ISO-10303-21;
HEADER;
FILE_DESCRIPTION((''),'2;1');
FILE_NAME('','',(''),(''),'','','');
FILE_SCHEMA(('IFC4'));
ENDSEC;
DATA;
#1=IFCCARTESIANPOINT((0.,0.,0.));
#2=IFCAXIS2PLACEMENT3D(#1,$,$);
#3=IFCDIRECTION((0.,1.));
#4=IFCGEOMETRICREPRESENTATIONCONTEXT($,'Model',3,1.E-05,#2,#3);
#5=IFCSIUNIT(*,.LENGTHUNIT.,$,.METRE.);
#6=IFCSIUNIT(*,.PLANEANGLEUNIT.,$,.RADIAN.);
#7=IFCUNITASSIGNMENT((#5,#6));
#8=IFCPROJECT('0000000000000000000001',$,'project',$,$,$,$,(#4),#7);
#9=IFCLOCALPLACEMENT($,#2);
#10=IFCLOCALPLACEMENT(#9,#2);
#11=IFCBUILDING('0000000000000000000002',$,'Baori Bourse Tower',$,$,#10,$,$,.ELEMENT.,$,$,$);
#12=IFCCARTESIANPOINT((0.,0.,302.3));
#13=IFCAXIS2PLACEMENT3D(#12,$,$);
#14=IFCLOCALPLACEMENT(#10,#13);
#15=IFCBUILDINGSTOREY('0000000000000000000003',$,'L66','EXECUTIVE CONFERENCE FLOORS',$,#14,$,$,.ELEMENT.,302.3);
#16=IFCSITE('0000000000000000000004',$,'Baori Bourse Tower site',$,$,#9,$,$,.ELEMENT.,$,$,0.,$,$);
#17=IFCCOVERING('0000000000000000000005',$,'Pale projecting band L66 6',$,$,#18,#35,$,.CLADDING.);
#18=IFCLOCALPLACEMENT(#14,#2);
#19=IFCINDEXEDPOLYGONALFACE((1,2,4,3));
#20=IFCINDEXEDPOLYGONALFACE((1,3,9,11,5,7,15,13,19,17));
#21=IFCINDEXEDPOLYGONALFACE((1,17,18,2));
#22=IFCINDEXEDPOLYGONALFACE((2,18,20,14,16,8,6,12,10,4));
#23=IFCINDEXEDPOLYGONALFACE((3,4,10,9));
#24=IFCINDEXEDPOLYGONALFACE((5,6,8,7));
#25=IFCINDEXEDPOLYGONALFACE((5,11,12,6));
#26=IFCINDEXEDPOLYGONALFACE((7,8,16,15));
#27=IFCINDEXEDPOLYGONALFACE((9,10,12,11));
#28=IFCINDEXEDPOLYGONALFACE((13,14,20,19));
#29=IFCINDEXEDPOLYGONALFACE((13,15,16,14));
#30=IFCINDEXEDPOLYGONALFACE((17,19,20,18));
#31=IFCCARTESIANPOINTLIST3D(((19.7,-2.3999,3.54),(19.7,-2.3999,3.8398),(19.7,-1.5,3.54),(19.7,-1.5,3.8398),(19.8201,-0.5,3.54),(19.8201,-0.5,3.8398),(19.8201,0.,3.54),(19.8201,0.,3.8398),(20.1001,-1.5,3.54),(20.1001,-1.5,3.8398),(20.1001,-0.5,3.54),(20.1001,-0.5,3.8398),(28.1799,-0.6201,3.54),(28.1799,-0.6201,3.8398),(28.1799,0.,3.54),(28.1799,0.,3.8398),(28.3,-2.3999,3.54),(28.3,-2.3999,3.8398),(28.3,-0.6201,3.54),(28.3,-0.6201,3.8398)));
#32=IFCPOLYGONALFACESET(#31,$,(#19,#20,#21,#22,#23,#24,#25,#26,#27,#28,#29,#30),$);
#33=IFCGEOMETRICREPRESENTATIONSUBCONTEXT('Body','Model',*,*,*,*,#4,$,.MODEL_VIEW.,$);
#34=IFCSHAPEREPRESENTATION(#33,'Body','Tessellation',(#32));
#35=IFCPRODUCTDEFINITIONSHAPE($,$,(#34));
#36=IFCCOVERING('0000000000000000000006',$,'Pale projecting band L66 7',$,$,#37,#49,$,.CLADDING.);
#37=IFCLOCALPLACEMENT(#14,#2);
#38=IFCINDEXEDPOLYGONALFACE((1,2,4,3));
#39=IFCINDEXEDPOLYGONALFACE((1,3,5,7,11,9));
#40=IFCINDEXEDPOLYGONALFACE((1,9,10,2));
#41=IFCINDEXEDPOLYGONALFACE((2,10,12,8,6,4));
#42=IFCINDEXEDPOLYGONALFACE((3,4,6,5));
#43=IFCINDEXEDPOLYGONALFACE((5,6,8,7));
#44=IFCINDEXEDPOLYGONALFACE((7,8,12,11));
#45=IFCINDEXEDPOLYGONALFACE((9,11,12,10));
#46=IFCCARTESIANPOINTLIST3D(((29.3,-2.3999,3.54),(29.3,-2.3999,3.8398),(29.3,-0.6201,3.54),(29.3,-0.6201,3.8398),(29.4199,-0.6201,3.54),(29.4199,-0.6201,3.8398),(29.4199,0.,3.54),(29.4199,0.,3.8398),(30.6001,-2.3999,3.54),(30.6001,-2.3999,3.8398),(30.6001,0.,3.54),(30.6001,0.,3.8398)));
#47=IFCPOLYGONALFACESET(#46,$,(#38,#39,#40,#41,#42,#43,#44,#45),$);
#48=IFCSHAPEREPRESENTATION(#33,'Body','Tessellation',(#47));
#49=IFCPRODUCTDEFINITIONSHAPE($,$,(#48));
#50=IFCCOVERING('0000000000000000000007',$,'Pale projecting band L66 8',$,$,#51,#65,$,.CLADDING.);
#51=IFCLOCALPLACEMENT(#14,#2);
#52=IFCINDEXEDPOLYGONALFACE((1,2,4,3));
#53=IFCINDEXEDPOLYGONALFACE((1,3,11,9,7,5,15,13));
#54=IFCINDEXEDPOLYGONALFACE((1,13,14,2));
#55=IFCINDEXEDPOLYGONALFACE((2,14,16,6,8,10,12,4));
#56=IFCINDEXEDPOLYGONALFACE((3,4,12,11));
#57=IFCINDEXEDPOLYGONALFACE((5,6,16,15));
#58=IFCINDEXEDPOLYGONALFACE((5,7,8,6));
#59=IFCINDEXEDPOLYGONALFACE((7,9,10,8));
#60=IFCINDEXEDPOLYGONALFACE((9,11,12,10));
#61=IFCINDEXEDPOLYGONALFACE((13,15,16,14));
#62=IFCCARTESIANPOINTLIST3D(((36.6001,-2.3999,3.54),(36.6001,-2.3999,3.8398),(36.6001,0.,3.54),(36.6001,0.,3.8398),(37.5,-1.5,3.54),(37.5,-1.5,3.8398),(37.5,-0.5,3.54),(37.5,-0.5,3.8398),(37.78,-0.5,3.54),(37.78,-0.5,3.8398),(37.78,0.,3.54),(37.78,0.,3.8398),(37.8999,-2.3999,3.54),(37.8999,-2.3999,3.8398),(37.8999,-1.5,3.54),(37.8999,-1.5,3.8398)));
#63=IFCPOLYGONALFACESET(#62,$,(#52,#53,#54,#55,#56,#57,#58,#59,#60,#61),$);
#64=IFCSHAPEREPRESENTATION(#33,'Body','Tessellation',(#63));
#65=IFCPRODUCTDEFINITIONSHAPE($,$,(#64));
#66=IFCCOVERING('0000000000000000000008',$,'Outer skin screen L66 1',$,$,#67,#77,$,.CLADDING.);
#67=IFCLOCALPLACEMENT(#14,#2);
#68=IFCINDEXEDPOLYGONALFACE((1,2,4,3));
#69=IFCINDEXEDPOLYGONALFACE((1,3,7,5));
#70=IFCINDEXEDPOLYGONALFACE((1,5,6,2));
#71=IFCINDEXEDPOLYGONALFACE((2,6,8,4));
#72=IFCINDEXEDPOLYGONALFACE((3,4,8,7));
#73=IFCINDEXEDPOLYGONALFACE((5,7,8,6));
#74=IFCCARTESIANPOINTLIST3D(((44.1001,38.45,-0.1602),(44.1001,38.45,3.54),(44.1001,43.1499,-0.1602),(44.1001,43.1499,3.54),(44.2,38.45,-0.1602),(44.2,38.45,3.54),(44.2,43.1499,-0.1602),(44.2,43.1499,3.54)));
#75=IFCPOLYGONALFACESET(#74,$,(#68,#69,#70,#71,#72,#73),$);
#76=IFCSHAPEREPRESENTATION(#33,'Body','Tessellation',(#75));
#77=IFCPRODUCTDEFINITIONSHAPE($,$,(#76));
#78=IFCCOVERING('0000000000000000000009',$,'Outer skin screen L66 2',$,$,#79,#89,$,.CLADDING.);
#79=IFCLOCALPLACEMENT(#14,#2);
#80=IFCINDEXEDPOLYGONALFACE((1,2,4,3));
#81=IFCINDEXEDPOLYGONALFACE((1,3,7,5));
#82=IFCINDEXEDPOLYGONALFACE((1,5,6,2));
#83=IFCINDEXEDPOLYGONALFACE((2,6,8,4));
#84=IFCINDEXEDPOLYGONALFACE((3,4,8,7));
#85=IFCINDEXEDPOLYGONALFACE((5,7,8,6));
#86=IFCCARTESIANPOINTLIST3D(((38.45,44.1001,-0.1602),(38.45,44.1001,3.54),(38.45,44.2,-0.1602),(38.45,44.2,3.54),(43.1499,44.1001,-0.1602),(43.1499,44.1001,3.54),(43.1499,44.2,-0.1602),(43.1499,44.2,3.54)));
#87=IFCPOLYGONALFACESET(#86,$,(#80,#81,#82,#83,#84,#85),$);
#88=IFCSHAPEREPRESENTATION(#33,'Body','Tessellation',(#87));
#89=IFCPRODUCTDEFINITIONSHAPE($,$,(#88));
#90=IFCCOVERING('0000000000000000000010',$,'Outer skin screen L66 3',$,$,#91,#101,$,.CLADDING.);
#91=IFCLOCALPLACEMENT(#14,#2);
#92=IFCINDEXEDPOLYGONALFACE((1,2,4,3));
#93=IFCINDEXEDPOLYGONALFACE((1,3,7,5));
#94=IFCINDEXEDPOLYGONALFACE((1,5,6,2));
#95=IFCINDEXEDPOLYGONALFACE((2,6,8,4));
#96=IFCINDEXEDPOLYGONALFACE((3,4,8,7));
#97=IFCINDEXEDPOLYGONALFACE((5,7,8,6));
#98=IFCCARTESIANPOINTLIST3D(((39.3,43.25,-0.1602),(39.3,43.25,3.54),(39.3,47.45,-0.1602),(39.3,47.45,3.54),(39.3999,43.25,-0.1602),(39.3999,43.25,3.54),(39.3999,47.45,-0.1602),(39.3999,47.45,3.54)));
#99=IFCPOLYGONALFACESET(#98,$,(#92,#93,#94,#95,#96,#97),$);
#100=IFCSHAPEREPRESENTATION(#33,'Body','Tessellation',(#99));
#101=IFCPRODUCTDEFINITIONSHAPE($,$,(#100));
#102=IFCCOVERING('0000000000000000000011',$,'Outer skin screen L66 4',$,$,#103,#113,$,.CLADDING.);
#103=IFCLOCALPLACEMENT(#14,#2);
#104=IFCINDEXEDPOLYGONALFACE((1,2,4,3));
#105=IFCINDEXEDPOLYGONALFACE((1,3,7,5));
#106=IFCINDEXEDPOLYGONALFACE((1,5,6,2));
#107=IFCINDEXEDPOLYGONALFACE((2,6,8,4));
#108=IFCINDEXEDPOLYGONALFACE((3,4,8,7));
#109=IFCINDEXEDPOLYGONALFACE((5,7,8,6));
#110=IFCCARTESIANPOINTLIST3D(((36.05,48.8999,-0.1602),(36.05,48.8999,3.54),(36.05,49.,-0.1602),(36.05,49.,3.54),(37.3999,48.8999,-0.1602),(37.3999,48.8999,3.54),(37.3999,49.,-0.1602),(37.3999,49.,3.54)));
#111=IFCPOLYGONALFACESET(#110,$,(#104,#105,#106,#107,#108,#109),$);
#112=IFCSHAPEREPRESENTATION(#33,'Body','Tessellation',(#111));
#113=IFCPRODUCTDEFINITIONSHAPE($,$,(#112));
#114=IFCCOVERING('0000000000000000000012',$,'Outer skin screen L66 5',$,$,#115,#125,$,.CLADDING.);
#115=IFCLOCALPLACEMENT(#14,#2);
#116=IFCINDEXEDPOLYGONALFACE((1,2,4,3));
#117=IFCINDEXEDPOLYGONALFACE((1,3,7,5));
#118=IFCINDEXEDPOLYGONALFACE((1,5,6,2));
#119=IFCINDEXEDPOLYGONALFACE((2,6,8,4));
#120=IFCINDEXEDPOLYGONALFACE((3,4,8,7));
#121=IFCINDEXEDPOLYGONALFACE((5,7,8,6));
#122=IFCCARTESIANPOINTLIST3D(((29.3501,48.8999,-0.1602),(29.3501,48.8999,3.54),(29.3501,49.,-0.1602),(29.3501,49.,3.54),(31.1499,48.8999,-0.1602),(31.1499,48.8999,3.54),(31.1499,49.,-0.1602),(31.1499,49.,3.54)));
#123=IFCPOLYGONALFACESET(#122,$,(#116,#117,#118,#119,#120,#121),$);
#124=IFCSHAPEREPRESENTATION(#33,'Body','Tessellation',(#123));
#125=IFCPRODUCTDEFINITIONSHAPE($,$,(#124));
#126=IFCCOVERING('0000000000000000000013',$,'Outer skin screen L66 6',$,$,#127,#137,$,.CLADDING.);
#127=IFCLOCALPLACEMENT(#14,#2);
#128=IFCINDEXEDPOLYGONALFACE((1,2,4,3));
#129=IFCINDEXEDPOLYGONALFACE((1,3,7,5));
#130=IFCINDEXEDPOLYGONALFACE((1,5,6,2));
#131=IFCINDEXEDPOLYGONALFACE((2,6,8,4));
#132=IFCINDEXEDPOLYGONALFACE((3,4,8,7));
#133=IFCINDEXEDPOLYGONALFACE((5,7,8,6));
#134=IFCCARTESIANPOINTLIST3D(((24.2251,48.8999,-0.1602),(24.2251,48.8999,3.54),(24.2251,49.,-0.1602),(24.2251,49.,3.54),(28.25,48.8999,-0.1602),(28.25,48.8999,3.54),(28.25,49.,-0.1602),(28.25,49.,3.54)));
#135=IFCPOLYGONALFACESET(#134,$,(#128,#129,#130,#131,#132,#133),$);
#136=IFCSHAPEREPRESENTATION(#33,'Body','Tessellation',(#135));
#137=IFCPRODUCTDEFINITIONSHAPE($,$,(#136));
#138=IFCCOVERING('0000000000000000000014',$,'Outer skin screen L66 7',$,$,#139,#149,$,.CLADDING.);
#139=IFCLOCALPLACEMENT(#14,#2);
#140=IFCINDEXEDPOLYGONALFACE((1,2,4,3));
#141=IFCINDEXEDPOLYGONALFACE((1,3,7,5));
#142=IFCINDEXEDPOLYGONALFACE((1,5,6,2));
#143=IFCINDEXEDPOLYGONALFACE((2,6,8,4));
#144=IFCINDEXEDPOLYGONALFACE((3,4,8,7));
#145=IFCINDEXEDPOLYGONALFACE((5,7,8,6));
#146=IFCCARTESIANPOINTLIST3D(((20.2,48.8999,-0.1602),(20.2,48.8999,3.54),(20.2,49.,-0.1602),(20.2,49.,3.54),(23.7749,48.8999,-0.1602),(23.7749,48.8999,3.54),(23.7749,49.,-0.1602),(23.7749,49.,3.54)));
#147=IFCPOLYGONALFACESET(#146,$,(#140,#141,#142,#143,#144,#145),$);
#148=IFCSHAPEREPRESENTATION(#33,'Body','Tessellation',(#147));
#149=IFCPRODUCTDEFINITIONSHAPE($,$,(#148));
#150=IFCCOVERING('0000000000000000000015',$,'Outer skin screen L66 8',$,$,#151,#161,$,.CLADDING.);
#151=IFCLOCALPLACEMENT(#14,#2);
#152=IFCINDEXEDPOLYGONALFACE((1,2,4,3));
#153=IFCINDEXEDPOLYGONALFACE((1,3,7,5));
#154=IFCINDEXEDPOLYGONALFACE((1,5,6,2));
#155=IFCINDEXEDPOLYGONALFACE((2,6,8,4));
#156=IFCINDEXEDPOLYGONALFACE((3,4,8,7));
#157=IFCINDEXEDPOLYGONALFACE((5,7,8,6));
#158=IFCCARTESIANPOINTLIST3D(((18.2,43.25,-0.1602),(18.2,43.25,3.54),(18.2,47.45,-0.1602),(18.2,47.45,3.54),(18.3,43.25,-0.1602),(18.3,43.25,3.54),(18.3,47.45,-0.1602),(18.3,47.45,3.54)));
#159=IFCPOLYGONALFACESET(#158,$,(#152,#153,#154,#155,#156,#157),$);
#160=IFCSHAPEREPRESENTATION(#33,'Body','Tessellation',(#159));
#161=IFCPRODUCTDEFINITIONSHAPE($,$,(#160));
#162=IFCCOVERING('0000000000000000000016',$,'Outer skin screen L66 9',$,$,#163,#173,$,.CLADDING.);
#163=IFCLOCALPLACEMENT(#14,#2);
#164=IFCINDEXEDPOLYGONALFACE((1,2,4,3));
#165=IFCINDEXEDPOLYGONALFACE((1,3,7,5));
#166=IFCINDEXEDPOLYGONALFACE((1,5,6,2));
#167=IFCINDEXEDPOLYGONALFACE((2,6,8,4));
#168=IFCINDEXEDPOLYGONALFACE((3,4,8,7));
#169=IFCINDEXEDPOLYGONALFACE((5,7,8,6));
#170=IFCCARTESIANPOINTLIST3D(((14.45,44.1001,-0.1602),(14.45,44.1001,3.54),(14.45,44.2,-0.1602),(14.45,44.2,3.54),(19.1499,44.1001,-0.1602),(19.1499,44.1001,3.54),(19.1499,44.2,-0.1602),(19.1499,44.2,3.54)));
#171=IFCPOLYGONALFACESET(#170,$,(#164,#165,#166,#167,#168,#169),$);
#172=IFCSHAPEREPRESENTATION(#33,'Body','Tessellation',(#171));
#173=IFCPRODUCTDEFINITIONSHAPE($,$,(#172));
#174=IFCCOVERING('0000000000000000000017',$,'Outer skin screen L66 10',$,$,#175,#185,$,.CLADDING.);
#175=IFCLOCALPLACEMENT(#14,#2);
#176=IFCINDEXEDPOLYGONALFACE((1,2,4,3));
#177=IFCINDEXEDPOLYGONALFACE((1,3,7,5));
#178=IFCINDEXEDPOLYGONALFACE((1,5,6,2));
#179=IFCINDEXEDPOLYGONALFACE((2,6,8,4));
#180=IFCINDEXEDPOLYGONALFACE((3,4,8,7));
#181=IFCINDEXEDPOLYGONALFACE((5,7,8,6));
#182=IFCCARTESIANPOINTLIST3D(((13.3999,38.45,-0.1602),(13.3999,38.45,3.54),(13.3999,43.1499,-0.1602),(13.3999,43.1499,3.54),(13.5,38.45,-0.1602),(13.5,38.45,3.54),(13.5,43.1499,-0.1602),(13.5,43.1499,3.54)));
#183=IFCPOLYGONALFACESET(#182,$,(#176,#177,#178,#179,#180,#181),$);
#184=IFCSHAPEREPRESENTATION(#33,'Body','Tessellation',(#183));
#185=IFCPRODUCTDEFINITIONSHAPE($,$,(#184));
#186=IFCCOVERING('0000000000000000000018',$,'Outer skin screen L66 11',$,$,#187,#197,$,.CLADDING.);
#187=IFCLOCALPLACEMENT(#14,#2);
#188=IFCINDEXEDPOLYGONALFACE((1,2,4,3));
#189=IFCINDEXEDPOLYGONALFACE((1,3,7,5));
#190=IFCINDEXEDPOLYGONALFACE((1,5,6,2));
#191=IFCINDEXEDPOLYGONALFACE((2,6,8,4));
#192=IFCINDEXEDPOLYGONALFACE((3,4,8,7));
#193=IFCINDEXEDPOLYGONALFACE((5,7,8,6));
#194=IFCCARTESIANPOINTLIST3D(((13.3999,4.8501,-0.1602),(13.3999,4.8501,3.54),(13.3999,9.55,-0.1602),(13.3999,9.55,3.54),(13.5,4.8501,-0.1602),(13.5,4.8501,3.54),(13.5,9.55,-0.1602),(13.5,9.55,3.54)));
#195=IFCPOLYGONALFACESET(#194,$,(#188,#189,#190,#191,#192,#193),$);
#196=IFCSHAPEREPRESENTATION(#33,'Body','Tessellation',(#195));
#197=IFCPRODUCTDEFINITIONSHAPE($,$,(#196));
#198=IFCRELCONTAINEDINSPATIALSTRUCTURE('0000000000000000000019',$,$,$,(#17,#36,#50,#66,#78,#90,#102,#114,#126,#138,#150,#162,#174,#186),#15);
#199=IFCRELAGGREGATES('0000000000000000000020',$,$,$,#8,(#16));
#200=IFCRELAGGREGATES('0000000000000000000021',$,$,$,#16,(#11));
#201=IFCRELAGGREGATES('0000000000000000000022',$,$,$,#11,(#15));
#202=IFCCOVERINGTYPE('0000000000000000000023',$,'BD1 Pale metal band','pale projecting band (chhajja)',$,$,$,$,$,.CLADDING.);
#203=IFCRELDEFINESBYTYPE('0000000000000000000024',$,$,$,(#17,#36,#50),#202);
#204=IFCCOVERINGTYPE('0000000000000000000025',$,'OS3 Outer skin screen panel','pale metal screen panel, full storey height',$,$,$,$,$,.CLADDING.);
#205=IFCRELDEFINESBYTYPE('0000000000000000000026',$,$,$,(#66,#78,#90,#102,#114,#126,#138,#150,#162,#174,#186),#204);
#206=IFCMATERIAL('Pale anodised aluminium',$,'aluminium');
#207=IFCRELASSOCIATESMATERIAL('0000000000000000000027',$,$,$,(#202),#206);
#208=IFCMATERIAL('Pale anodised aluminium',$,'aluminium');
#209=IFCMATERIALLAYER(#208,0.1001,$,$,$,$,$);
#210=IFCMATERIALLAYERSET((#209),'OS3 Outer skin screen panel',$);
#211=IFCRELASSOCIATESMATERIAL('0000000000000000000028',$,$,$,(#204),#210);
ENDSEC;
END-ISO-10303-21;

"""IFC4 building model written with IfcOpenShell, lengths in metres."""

from ifc_helpers import new_model, si_unit, direction, frame, origin, place, context, subcontext, project, spatial, polyline, outline, extrude, material, layer, layer_set, type_object, element, save


model = new_model("IFC4")

# Units and contexts
model_context = context("Model", 3, precision=1e-05, world=origin(), true_north=direction((0.0, 1.0)))
body_context = subcontext(model_context, "Body", "Model", "MODEL_VIEW")
ifc_project = project(units=[si_unit("LENGTHUNIT", "METRE"), si_unit("PLANEANGLEUNIT", "RADIAN")], contexts=[model_context])

# Site, building, storey
site_placement = place(None, origin())
site = spatial("IfcSite", under=ifc_project, at=site_placement, Name="Baori Bourse Tower site", CompositionType="ELEMENT", RefElevation=0.0)
building_placement = place(site_placement, origin())
building = spatial("IfcBuilding", under=site, at=building_placement, Name="Baori Bourse Tower", CompositionType="ELEMENT")
storey_placement = place(building_placement, frame((0.0, 0.0, 302.3)))
storey = spatial("IfcBuildingStorey", under=building, at=storey_placement, Name="L66", Description="EXECUTIVE CONFERENCE FLOORS", CompositionType="ELEMENT", Elevation=302.3)

# Coverings
ifc_material_1 = material(Name="Pale anodised aluminium", Category="aluminium")
covering_type_1 = type_object("IfcCoveringType", Name="BD1 Pale metal band", Description="pale projecting band (chhajja)", PredefinedType="CLADDING", material=ifc_material_1)
covering_1_placement = place(storey_placement, frame((0.0, 0.0, 3.54)))
element("IfcCovering", 1, at=covering_1_placement, inside=storey, type_object=covering_type_1, Name="Pale projecting band L66 6", PredefinedType="CLADDING", context=body_context, shape_type="SweptSolid", body=[
    extrude(outline(polyline([(28.1799, 0.0), (19.8201, 0.0), (19.8201, -0.5), (20.1001, -0.5), (20.1001, -1.5), (19.7, -1.5), (19.7, -2.3999), (28.3, -2.3999), (28.3, -0.6201), (28.1799, -0.6201), (28.1799, 0.0)])), origin(), (0.0, 0.0, 1.0), 0.2998),
])
covering_2_placement = place(storey_placement, frame((0.0, 0.0, 3.54)))
element("IfcCovering", 2, at=covering_2_placement, inside=storey, type_object=covering_type_1, Name="Pale projecting band L66 7", PredefinedType="CLADDING", context=body_context, shape_type="SweptSolid", body=[
    extrude(outline(polyline([(30.6001, 0.0), (29.4199, 0.0), (29.4199, -0.6201), (29.3, -0.6201), (29.3, -2.3999), (30.6001, -2.3999), (30.6001, 0.0)])), origin(), (0.0, 0.0, 1.0), 0.2998),
])
covering_3_placement = place(storey_placement, frame((0.0, 0.0, 3.54)))
element("IfcCovering", 3, at=covering_3_placement, inside=storey, type_object=covering_type_1, Name="Pale projecting band L66 8", PredefinedType="CLADDING", context=body_context, shape_type="SweptSolid", body=[
    extrude(outline(polyline([(37.78, 0.0), (36.6001, 0.0), (36.6001, -2.3999), (37.8999, -2.3999), (37.8999, -1.5), (37.5, -1.5), (37.5, -0.5), (37.78, -0.5), (37.78, 0.0)])), origin(), (0.0, 0.0, 1.0), 0.2998),
])
ifc_material_2 = material(Name="Pale anodised aluminium", Category="aluminium")
ifc_layer_1 = layer(ifc_material_2, 0.1001)
ifc_layer_set_1 = layer_set([ifc_layer_1], Name="OS3 Outer skin screen panel")
covering_type_2 = type_object("IfcCoveringType", Name="OS3 Outer skin screen panel", Description="pale metal screen panel, full storey height", PredefinedType="CLADDING", material=ifc_layer_set_1)
covering_4_placement = place(storey_placement, frame((0.0, 0.0, -0.1602)))
element("IfcCovering", 4, at=covering_4_placement, inside=storey, type_object=covering_type_2, Name="Outer skin screen L66 1", PredefinedType="CLADDING", context=body_context, shape_type="SweptSolid", body=[
    extrude(outline(polyline([(44.1001, 43.1499), (44.1001, 38.45), (44.2, 38.45), (44.2, 43.1499), (44.1001, 43.1499)])), origin(), (0.0, 0.0, 1.0), 3.7002),
])
covering_5_placement = place(storey_placement, frame((0.0, 0.0, -0.1602)))
element("IfcCovering", 5, at=covering_5_placement, inside=storey, type_object=covering_type_2, Name="Outer skin screen L66 2", PredefinedType="CLADDING", context=body_context, shape_type="SweptSolid", body=[
    extrude(outline(polyline([(38.45, 44.1001), (43.1499, 44.1001), (43.1499, 44.2), (38.45, 44.2), (38.45, 44.1001)])), origin(), (0.0, 0.0, 1.0), 3.7002),
])
covering_6_placement = place(storey_placement, frame((0.0, 0.0, -0.1602)))
element("IfcCovering", 6, at=covering_6_placement, inside=storey, type_object=covering_type_2, Name="Outer skin screen L66 3", PredefinedType="CLADDING", context=body_context, shape_type="SweptSolid", body=[
    extrude(outline(polyline([(39.3, 47.45), (39.3, 43.25), (39.3999, 43.25), (39.3999, 47.45), (39.3, 47.45)])), origin(), (0.0, 0.0, 1.0), 3.7002),
])
covering_7_placement = place(storey_placement, frame((0.0, 0.0, -0.1602)))
element("IfcCovering", 7, at=covering_7_placement, inside=storey, type_object=covering_type_2, Name="Outer skin screen L66 4", PredefinedType="CLADDING", context=body_context, shape_type="SweptSolid", body=[
    extrude(outline(polyline([(36.05, 48.8999), (37.3999, 48.8999), (37.3999, 49.0), (36.05, 49.0), (36.05, 48.8999)])), origin(), (0.0, 0.0, 1.0), 3.7002),
])
covering_8_placement = place(storey_placement, frame((0.0, 0.0, -0.1602)))
element("IfcCovering", 8, at=covering_8_placement, inside=storey, type_object=covering_type_2, Name="Outer skin screen L66 5", PredefinedType="CLADDING", context=body_context, shape_type="SweptSolid", body=[
    extrude(outline(polyline([(29.3501, 48.8999), (31.1499, 48.8999), (31.1499, 49.0), (29.3501, 49.0), (29.3501, 48.8999)])), origin(), (0.0, 0.0, 1.0), 3.7002),
])
covering_9_placement = place(storey_placement, frame((0.0, 0.0, -0.1602)))
element("IfcCovering", 9, at=covering_9_placement, inside=storey, type_object=covering_type_2, Name="Outer skin screen L66 6", PredefinedType="CLADDING", context=body_context, shape_type="SweptSolid", body=[
    extrude(outline(polyline([(24.2251, 48.8999), (28.25, 48.8999), (28.25, 49.0), (24.2251, 49.0), (24.2251, 48.8999)])), origin(), (0.0, 0.0, 1.0), 3.7002),
])
covering_10_placement = place(storey_placement, frame((0.0, 0.0, -0.1602)))
element("IfcCovering", 10, at=covering_10_placement, inside=storey, type_object=covering_type_2, Name="Outer skin screen L66 7", PredefinedType="CLADDING", context=body_context, shape_type="SweptSolid", body=[
    extrude(outline(polyline([(20.2, 48.8999), (23.7749, 48.8999), (23.7749, 49.0), (20.2, 49.0), (20.2, 48.8999)])), origin(), (0.0, 0.0, 1.0), 3.7002),
])
covering_11_placement = place(storey_placement, frame((0.0, 0.0, -0.1602)))
element("IfcCovering", 11, at=covering_11_placement, inside=storey, type_object=covering_type_2, Name="Outer skin screen L66 8", PredefinedType="CLADDING", context=body_context, shape_type="SweptSolid", body=[
    extrude(outline(polyline([(18.3, 43.25), (18.3, 47.45), (18.2, 47.45), (18.2, 43.25), (18.3, 43.25)])), origin(), (0.0, 0.0, 1.0), 3.7002),
])
covering_12_placement = place(storey_placement, frame((0.0, 0.0, -0.1602)))
element("IfcCovering", 12, at=covering_12_placement, inside=storey, type_object=covering_type_2, Name="Outer skin screen L66 9", PredefinedType="CLADDING", context=body_context, shape_type="SweptSolid", body=[
    extrude(outline(polyline([(14.45, 44.1001), (19.1499, 44.1001), (19.1499, 44.2), (14.45, 44.2), (14.45, 44.1001)])), origin(), (0.0, 0.0, 1.0), 3.7002),
])
covering_13_placement = place(storey_placement, frame((0.0, 0.0, -0.1602)))
element("IfcCovering", 13, at=covering_13_placement, inside=storey, type_object=covering_type_2, Name="Outer skin screen L66 10", PredefinedType="CLADDING", context=body_context, shape_type="SweptSolid", body=[
    extrude(outline(polyline([(13.5, 38.45), (13.5, 43.1499), (13.3999, 43.1499), (13.3999, 38.45), (13.5, 38.45)])), origin(), (0.0, 0.0, 1.0), 3.7002),
])
covering_14_placement = place(storey_placement, frame((0.0, 0.0, -0.1602)))
element("IfcCovering", 14, at=covering_14_placement, inside=storey, type_object=covering_type_2, Name="Outer skin screen L66 11", PredefinedType="CLADDING", context=body_context, shape_type="SweptSolid", body=[
    extrude(outline(polyline([(13.5, 4.8501), (13.5, 9.55), (13.3999, 9.55), (13.3999, 4.8501), (13.5, 4.8501)])), origin(), (0.0, 0.0, 1.0), 3.7002),
])

save(model, "model.ifc")
